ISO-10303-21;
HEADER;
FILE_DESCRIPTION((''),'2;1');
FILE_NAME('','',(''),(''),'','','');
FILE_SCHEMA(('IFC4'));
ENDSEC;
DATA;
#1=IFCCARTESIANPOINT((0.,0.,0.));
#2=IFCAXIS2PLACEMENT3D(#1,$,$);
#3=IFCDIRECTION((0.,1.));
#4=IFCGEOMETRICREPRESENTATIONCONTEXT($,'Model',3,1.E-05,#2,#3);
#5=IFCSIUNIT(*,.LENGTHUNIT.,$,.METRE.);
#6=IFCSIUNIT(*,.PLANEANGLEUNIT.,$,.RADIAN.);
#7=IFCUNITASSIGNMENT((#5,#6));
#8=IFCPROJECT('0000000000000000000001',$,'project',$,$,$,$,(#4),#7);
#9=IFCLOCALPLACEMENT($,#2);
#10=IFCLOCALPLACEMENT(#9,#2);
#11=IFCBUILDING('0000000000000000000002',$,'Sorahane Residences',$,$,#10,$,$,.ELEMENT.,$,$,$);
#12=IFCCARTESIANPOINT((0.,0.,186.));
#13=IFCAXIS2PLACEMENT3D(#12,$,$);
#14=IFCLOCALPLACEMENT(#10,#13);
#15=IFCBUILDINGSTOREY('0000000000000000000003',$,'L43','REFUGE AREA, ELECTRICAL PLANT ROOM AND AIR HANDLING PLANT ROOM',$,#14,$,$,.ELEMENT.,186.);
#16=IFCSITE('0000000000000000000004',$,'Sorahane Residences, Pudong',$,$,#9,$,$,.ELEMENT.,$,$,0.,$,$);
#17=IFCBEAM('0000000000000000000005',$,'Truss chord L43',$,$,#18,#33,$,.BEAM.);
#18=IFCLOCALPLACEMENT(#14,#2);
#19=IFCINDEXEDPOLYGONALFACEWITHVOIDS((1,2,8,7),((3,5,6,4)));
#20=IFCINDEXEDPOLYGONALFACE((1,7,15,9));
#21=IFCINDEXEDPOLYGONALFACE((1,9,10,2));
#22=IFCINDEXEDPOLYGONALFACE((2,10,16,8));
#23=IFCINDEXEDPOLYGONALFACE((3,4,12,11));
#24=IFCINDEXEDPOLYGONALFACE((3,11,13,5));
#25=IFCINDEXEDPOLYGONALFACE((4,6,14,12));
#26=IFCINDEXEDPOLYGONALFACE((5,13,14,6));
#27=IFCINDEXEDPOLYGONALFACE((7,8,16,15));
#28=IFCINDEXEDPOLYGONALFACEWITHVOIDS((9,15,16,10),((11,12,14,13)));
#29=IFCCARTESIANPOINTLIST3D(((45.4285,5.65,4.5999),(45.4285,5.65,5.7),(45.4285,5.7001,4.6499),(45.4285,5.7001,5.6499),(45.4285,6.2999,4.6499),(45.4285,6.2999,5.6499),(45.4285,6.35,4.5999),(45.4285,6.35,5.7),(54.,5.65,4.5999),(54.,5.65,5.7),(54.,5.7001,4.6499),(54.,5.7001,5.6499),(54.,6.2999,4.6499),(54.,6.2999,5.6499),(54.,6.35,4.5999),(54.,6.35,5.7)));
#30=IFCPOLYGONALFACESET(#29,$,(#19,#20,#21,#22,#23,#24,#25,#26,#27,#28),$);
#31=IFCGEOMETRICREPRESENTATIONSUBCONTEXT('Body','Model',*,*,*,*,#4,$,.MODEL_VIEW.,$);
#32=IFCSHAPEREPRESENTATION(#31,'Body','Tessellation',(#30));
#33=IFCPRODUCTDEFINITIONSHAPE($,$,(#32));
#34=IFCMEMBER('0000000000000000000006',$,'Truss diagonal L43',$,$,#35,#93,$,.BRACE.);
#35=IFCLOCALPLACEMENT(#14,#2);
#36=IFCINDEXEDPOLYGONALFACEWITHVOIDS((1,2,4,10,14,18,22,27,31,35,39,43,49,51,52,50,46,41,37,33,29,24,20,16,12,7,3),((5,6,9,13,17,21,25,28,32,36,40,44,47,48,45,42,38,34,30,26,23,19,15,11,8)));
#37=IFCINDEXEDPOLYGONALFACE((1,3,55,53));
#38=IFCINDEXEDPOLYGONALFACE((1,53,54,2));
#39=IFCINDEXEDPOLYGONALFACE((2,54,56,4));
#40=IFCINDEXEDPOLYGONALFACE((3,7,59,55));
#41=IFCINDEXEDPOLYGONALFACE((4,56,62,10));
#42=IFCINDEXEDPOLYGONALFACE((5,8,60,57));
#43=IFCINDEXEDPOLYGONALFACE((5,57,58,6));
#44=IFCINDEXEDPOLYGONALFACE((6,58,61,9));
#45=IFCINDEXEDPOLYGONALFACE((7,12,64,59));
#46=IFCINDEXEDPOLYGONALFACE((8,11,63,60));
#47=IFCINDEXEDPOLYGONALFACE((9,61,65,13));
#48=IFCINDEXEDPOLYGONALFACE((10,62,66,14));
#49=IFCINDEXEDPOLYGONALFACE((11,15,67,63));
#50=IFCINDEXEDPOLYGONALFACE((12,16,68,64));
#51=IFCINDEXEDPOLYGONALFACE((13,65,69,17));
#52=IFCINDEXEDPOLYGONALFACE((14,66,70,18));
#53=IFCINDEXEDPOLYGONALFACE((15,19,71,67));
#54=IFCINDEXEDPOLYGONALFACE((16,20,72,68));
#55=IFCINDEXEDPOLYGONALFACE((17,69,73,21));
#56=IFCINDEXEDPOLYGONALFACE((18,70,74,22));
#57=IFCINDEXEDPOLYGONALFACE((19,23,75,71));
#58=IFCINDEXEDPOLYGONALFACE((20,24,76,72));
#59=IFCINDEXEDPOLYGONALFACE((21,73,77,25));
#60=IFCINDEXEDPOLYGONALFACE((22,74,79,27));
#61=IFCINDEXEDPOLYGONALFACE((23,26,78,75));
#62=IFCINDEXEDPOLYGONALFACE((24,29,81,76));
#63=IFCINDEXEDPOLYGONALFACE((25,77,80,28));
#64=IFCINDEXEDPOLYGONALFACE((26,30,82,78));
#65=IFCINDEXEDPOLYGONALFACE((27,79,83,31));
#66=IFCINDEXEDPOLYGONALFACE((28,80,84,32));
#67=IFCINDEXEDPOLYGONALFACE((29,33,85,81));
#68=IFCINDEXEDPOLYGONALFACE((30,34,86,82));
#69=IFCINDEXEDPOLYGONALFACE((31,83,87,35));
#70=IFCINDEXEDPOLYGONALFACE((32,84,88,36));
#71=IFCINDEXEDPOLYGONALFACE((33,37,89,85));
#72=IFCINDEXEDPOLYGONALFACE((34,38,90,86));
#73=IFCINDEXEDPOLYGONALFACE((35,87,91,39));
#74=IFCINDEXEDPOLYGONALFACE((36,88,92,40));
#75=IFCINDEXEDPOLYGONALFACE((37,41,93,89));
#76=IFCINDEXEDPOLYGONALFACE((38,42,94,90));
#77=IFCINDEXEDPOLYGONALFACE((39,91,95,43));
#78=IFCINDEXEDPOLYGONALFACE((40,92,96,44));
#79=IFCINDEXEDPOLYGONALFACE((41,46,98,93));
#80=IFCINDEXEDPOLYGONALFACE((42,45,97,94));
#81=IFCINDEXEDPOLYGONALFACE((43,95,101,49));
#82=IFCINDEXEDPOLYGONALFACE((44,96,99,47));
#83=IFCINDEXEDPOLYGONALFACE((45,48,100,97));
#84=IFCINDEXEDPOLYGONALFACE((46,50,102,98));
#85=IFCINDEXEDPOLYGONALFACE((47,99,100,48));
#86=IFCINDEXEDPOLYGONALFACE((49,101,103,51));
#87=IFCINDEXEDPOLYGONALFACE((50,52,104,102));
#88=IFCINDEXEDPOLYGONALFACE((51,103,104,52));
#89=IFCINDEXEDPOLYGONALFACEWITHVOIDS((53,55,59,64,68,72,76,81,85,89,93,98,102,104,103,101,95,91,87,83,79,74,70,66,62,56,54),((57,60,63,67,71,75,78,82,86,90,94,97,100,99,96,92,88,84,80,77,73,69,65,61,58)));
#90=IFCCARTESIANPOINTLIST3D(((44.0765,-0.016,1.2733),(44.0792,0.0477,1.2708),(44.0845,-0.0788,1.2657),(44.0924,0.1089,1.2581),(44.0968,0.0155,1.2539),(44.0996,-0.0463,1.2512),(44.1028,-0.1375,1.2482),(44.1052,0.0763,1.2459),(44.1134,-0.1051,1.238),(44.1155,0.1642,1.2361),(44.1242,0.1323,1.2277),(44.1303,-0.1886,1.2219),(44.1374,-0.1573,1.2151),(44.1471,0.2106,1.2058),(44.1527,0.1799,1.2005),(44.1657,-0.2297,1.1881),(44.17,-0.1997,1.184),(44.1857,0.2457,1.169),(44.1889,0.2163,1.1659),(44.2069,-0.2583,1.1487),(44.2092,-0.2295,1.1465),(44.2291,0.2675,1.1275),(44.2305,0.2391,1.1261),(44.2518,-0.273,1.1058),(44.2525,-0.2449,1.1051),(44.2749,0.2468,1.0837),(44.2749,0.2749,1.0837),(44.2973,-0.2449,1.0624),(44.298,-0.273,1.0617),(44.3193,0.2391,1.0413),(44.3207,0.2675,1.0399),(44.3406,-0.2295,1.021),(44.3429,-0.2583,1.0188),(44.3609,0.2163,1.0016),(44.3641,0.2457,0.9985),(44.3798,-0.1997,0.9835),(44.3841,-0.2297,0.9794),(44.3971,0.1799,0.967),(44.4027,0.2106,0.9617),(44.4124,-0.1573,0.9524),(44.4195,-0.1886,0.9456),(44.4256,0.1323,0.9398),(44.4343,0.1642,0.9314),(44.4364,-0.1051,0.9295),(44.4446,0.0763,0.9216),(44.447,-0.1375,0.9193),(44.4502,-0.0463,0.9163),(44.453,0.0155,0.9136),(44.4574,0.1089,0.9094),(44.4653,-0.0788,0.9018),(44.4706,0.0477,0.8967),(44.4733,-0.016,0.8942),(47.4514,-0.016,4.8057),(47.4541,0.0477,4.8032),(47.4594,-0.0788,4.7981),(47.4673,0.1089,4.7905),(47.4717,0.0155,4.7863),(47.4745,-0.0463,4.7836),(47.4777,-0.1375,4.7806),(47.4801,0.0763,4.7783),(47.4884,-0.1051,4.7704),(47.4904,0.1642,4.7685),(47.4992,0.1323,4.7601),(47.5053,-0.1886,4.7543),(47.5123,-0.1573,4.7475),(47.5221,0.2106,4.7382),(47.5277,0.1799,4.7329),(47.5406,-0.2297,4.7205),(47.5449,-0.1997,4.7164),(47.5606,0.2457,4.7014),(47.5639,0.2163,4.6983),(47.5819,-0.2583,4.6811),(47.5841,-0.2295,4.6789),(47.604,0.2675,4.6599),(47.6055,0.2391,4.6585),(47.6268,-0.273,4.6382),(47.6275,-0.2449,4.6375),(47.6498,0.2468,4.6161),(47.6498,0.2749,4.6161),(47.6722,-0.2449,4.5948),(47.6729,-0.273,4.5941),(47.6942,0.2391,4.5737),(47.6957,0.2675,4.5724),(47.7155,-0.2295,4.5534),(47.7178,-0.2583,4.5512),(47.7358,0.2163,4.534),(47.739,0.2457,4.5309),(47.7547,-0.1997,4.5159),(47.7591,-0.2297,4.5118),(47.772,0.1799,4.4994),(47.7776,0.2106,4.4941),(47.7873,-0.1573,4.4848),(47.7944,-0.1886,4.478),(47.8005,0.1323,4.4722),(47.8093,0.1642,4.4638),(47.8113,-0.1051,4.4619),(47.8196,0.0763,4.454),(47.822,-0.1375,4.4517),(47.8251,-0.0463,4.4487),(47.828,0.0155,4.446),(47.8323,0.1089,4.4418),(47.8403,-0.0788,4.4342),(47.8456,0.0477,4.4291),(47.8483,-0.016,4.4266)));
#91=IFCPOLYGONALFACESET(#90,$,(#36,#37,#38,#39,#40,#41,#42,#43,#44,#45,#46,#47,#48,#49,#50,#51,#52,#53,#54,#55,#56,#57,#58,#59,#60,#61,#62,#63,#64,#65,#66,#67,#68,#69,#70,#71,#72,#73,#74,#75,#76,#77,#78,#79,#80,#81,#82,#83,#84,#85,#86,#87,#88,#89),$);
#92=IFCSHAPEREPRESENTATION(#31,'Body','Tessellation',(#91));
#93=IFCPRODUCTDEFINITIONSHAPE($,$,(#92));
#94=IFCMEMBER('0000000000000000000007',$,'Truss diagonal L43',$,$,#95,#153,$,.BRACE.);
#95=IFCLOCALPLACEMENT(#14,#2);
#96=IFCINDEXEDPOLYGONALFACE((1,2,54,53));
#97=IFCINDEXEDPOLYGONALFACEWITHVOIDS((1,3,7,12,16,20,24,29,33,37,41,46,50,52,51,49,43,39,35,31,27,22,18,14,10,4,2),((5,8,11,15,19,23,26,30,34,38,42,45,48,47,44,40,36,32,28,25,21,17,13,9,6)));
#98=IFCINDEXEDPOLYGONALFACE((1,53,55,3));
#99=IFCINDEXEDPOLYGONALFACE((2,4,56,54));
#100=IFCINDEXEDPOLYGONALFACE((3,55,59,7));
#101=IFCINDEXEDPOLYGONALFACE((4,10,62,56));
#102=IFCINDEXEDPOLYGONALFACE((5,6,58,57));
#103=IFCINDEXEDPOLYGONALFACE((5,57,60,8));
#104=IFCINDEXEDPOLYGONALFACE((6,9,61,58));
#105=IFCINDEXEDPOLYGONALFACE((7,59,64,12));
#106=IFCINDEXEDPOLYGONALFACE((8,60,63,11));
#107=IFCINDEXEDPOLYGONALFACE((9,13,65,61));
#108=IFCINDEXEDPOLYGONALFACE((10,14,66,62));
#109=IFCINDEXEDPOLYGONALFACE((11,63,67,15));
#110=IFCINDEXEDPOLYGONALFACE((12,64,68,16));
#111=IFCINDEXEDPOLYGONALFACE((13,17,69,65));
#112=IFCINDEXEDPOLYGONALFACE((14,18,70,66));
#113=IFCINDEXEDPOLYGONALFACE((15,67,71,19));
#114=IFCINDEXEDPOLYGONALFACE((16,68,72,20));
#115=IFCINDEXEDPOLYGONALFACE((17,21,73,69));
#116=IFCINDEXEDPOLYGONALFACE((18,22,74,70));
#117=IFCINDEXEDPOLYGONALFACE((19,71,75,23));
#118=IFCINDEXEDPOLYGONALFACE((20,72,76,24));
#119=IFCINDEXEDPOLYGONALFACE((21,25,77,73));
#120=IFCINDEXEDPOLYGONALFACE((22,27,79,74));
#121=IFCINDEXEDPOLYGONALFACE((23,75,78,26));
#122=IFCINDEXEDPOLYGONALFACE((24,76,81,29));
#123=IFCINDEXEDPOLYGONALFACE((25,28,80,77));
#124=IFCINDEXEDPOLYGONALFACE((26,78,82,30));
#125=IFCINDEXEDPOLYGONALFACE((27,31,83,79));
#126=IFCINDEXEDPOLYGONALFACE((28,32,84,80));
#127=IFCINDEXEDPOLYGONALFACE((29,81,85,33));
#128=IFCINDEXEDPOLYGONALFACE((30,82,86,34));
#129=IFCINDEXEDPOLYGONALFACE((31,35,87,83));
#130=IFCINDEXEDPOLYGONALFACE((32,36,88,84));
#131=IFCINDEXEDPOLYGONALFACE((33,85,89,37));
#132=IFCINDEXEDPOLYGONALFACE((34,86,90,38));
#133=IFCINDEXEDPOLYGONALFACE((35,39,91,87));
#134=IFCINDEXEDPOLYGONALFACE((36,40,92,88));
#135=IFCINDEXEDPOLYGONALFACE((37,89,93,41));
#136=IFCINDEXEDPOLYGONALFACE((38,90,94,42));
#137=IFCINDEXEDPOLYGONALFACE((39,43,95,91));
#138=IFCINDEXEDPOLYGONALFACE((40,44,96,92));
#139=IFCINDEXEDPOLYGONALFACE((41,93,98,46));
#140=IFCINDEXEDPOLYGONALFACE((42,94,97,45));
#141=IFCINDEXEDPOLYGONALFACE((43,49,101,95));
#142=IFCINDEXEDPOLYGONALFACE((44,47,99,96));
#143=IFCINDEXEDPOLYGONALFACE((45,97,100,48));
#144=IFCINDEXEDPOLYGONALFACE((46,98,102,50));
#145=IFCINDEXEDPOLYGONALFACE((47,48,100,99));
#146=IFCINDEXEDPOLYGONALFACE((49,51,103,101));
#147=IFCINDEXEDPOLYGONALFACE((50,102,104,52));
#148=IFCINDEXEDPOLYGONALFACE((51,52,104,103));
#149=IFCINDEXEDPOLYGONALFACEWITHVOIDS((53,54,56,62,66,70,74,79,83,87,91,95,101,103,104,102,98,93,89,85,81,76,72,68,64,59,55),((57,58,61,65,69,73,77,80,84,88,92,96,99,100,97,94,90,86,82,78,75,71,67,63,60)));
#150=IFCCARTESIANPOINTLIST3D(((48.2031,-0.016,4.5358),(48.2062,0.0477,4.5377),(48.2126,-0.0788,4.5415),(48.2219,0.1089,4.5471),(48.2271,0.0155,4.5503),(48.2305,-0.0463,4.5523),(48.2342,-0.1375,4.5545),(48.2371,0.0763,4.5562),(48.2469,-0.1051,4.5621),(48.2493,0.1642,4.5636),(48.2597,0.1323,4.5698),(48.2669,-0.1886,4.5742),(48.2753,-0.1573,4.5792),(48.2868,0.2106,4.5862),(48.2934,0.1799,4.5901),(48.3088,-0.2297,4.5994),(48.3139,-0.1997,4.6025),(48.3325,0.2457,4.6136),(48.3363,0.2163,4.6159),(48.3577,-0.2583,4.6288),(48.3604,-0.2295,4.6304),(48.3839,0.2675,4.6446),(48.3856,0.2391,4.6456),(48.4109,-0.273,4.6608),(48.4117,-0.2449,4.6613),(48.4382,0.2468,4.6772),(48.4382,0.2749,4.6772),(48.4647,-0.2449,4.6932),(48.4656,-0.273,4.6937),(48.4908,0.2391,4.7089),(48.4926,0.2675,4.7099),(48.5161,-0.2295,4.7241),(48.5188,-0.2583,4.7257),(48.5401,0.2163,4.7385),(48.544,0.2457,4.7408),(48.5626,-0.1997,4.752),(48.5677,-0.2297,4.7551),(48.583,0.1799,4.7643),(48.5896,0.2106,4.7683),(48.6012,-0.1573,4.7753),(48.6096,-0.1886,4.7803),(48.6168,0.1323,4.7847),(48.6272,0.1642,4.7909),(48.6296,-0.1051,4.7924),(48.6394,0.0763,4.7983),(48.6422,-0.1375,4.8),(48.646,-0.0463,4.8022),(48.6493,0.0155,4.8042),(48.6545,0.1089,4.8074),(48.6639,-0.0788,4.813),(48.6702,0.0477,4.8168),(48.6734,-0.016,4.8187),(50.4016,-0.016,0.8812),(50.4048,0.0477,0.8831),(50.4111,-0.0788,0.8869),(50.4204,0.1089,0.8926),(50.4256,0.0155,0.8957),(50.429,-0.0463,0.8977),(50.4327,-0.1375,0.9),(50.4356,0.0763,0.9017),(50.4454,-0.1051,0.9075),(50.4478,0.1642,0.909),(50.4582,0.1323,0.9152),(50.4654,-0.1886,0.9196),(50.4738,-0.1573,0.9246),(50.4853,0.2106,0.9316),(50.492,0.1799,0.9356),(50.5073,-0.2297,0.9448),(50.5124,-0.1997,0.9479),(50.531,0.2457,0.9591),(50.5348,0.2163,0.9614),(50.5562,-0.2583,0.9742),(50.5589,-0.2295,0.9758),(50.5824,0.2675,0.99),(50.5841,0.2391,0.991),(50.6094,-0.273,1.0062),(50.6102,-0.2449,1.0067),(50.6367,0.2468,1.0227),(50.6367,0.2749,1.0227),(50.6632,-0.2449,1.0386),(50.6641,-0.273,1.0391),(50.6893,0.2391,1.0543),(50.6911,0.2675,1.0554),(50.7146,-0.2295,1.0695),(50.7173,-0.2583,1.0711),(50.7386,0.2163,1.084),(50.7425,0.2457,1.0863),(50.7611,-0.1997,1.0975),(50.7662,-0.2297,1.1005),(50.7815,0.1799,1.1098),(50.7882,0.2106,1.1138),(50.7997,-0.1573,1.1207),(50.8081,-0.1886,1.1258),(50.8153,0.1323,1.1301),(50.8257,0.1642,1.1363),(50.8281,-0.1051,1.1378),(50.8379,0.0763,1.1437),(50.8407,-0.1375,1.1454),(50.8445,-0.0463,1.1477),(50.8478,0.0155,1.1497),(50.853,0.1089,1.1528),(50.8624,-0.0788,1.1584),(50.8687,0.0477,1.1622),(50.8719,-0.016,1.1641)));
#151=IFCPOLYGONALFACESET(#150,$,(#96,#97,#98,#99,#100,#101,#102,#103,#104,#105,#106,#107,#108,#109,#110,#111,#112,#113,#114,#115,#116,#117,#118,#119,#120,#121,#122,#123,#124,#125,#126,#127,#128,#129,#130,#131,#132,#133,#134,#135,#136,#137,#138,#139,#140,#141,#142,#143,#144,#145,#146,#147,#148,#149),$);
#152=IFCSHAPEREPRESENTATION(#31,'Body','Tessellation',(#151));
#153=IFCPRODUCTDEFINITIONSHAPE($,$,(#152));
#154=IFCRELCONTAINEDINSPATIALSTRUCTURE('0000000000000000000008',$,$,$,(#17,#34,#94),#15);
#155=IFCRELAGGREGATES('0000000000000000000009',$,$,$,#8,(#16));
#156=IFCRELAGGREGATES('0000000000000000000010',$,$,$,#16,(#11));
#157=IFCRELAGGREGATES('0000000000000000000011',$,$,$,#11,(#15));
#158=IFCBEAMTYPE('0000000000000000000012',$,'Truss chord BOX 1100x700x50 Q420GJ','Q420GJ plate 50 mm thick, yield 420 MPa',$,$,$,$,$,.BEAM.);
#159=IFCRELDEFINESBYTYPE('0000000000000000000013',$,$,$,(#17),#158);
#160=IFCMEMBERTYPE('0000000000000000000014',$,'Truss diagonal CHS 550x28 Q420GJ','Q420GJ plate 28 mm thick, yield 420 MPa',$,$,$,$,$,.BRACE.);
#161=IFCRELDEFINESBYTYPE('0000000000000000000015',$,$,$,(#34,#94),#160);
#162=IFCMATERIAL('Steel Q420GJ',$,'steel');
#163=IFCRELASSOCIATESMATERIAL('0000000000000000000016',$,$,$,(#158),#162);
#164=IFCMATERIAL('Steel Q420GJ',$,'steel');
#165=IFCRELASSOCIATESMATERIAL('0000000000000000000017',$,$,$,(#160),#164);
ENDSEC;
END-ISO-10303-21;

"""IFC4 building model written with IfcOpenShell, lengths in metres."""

from ifc_helpers import new_model, si_unit, direction, frame, origin, origin_2d, place, context, subcontext, project, spatial, hollow_rectangle, hollow_circle, extrude, material, material_profile, profile_set, type_object, element, save


model = new_model("IFC4")

# Units and contexts
model_context = context("Model", 3, precision=1e-05, world=origin(), true_north=direction((0.0, 1.0)))
body_context = subcontext(model_context, "Body", "Model", "MODEL_VIEW")
ifc_project = project(units=[si_unit("LENGTHUNIT", "METRE"), si_unit("PLANEANGLEUNIT", "RADIAN")], contexts=[model_context])

# Site, building, storey
site_placement = place(None, origin())
site = spatial("IfcSite", under=ifc_project, at=site_placement, Name="Sorahane Residences, Pudong", CompositionType="ELEMENT", RefElevation=0.0)
building_placement = place(site_placement, origin())
building = spatial("IfcBuilding", under=site, at=building_placement, Name="Sorahane Residences", CompositionType="ELEMENT")
storey_placement = place(building_placement, frame((0.0, 0.0, 186.0)))
storey = spatial("IfcBuildingStorey", under=building, at=storey_placement, Name="L43", Description="REFUGE AREA, ELECTRICAL PLANT ROOM AND AIR HANDLING PLANT ROOM", CompositionType="ELEMENT", Elevation=186.0)

# Beam
ifc_material_1 = material(Name="Steel Q420GJ", Category="steel")
ifc_material_profile_1 = material_profile(ifc_material_1, hollow_rectangle(XDim=0.7, YDim=1.1001, WallThickness=0.05, at=origin_2d()), Name="BOX 1100x700x50")
ifc_profile_set_1 = profile_set([ifc_material_profile_1], Name="Steel Q420GJ")
beam_type_1 = type_object("IfcBeamType", Name="Truss chord BOX 1100x700x50 Q420GJ", Description="Q420GJ plate 50 mm thick, yield 420 MPa", PredefinedType="BEAM", material=ifc_profile_set_1)
for number, where, z_axis, x_axis, name in (
    (1, (45.4285, 6.0, 5.1499), (1.0, 0.0, 0.0), (0.0, 1.0, 0.0), "Truss chord L43"),
):
    element("IfcBeam", number, at=place(storey_placement, frame(where, z_axis=z_axis, x_axis=x_axis)), inside=storey, type_object=beam_type_1, Name=name, PredefinedType="BEAM", context=body_context, shape_type="SweptSolid", body=[
        extrude(hollow_rectangle(XDim=0.7, YDim=1.1001, WallThickness=0.05, at=origin_2d()), origin(), (0.0, 0.0, 1.0), 8.5715),
    ])

# Members
ifc_material_2 = material(Name="Steel Q420GJ", Category="steel")
ifc_material_profile_2 = material_profile(ifc_material_2, hollow_circle(Radius=0.2749, WallThickness=0.0281, at=origin_2d()), Name="CHS 550x28")
ifc_profile_set_2 = profile_set([ifc_material_profile_2], Name="Steel Q420GJ")
member_type = type_object("IfcMemberType", Name="Truss diagonal CHS 550x28 Q420GJ", Description="Q420GJ plate 28 mm thick, yield 420 MPa", PredefinedType="BRACE", material=ifc_profile_set_2)
member_1_placement = place(storey_placement, frame((44.2749, 0.0, 1.0837), z_axis=(0.690807, 0.0, 0.723039), x_axis=(0.0, 1.0, 0.0)))
element("IfcMember", 2, at=member_1_placement, inside=storey, type_object=member_type, Name="Truss diagonal L43", PredefinedType="BRACE", context=body_context, shape_type="SweptSolid", body=[
    extrude(hollow_circle(Radius=0.2749, WallThickness=0.0281, at=origin_2d()), origin(), (0.0, 0.0, 1.0), 4.8855),
])
member_2_placement = place(storey_placement, frame((48.4382, 0.0, 4.6772), z_axis=(0.515489, 0.0, -0.856896), x_axis=(0.0, 1.0, 0.0)))
element("IfcMember", 3, at=member_2_placement, inside=storey, type_object=member_type, Name="Truss diagonal L43", PredefinedType="BRACE", context=body_context, shape_type="SweptSolid", body=[
    extrude(hollow_circle(Radius=0.2749, WallThickness=0.0281, at=origin_2d()), origin(), (0.0, 0.0, 1.0), 4.2649),
])

save(model, "model.ifc")
